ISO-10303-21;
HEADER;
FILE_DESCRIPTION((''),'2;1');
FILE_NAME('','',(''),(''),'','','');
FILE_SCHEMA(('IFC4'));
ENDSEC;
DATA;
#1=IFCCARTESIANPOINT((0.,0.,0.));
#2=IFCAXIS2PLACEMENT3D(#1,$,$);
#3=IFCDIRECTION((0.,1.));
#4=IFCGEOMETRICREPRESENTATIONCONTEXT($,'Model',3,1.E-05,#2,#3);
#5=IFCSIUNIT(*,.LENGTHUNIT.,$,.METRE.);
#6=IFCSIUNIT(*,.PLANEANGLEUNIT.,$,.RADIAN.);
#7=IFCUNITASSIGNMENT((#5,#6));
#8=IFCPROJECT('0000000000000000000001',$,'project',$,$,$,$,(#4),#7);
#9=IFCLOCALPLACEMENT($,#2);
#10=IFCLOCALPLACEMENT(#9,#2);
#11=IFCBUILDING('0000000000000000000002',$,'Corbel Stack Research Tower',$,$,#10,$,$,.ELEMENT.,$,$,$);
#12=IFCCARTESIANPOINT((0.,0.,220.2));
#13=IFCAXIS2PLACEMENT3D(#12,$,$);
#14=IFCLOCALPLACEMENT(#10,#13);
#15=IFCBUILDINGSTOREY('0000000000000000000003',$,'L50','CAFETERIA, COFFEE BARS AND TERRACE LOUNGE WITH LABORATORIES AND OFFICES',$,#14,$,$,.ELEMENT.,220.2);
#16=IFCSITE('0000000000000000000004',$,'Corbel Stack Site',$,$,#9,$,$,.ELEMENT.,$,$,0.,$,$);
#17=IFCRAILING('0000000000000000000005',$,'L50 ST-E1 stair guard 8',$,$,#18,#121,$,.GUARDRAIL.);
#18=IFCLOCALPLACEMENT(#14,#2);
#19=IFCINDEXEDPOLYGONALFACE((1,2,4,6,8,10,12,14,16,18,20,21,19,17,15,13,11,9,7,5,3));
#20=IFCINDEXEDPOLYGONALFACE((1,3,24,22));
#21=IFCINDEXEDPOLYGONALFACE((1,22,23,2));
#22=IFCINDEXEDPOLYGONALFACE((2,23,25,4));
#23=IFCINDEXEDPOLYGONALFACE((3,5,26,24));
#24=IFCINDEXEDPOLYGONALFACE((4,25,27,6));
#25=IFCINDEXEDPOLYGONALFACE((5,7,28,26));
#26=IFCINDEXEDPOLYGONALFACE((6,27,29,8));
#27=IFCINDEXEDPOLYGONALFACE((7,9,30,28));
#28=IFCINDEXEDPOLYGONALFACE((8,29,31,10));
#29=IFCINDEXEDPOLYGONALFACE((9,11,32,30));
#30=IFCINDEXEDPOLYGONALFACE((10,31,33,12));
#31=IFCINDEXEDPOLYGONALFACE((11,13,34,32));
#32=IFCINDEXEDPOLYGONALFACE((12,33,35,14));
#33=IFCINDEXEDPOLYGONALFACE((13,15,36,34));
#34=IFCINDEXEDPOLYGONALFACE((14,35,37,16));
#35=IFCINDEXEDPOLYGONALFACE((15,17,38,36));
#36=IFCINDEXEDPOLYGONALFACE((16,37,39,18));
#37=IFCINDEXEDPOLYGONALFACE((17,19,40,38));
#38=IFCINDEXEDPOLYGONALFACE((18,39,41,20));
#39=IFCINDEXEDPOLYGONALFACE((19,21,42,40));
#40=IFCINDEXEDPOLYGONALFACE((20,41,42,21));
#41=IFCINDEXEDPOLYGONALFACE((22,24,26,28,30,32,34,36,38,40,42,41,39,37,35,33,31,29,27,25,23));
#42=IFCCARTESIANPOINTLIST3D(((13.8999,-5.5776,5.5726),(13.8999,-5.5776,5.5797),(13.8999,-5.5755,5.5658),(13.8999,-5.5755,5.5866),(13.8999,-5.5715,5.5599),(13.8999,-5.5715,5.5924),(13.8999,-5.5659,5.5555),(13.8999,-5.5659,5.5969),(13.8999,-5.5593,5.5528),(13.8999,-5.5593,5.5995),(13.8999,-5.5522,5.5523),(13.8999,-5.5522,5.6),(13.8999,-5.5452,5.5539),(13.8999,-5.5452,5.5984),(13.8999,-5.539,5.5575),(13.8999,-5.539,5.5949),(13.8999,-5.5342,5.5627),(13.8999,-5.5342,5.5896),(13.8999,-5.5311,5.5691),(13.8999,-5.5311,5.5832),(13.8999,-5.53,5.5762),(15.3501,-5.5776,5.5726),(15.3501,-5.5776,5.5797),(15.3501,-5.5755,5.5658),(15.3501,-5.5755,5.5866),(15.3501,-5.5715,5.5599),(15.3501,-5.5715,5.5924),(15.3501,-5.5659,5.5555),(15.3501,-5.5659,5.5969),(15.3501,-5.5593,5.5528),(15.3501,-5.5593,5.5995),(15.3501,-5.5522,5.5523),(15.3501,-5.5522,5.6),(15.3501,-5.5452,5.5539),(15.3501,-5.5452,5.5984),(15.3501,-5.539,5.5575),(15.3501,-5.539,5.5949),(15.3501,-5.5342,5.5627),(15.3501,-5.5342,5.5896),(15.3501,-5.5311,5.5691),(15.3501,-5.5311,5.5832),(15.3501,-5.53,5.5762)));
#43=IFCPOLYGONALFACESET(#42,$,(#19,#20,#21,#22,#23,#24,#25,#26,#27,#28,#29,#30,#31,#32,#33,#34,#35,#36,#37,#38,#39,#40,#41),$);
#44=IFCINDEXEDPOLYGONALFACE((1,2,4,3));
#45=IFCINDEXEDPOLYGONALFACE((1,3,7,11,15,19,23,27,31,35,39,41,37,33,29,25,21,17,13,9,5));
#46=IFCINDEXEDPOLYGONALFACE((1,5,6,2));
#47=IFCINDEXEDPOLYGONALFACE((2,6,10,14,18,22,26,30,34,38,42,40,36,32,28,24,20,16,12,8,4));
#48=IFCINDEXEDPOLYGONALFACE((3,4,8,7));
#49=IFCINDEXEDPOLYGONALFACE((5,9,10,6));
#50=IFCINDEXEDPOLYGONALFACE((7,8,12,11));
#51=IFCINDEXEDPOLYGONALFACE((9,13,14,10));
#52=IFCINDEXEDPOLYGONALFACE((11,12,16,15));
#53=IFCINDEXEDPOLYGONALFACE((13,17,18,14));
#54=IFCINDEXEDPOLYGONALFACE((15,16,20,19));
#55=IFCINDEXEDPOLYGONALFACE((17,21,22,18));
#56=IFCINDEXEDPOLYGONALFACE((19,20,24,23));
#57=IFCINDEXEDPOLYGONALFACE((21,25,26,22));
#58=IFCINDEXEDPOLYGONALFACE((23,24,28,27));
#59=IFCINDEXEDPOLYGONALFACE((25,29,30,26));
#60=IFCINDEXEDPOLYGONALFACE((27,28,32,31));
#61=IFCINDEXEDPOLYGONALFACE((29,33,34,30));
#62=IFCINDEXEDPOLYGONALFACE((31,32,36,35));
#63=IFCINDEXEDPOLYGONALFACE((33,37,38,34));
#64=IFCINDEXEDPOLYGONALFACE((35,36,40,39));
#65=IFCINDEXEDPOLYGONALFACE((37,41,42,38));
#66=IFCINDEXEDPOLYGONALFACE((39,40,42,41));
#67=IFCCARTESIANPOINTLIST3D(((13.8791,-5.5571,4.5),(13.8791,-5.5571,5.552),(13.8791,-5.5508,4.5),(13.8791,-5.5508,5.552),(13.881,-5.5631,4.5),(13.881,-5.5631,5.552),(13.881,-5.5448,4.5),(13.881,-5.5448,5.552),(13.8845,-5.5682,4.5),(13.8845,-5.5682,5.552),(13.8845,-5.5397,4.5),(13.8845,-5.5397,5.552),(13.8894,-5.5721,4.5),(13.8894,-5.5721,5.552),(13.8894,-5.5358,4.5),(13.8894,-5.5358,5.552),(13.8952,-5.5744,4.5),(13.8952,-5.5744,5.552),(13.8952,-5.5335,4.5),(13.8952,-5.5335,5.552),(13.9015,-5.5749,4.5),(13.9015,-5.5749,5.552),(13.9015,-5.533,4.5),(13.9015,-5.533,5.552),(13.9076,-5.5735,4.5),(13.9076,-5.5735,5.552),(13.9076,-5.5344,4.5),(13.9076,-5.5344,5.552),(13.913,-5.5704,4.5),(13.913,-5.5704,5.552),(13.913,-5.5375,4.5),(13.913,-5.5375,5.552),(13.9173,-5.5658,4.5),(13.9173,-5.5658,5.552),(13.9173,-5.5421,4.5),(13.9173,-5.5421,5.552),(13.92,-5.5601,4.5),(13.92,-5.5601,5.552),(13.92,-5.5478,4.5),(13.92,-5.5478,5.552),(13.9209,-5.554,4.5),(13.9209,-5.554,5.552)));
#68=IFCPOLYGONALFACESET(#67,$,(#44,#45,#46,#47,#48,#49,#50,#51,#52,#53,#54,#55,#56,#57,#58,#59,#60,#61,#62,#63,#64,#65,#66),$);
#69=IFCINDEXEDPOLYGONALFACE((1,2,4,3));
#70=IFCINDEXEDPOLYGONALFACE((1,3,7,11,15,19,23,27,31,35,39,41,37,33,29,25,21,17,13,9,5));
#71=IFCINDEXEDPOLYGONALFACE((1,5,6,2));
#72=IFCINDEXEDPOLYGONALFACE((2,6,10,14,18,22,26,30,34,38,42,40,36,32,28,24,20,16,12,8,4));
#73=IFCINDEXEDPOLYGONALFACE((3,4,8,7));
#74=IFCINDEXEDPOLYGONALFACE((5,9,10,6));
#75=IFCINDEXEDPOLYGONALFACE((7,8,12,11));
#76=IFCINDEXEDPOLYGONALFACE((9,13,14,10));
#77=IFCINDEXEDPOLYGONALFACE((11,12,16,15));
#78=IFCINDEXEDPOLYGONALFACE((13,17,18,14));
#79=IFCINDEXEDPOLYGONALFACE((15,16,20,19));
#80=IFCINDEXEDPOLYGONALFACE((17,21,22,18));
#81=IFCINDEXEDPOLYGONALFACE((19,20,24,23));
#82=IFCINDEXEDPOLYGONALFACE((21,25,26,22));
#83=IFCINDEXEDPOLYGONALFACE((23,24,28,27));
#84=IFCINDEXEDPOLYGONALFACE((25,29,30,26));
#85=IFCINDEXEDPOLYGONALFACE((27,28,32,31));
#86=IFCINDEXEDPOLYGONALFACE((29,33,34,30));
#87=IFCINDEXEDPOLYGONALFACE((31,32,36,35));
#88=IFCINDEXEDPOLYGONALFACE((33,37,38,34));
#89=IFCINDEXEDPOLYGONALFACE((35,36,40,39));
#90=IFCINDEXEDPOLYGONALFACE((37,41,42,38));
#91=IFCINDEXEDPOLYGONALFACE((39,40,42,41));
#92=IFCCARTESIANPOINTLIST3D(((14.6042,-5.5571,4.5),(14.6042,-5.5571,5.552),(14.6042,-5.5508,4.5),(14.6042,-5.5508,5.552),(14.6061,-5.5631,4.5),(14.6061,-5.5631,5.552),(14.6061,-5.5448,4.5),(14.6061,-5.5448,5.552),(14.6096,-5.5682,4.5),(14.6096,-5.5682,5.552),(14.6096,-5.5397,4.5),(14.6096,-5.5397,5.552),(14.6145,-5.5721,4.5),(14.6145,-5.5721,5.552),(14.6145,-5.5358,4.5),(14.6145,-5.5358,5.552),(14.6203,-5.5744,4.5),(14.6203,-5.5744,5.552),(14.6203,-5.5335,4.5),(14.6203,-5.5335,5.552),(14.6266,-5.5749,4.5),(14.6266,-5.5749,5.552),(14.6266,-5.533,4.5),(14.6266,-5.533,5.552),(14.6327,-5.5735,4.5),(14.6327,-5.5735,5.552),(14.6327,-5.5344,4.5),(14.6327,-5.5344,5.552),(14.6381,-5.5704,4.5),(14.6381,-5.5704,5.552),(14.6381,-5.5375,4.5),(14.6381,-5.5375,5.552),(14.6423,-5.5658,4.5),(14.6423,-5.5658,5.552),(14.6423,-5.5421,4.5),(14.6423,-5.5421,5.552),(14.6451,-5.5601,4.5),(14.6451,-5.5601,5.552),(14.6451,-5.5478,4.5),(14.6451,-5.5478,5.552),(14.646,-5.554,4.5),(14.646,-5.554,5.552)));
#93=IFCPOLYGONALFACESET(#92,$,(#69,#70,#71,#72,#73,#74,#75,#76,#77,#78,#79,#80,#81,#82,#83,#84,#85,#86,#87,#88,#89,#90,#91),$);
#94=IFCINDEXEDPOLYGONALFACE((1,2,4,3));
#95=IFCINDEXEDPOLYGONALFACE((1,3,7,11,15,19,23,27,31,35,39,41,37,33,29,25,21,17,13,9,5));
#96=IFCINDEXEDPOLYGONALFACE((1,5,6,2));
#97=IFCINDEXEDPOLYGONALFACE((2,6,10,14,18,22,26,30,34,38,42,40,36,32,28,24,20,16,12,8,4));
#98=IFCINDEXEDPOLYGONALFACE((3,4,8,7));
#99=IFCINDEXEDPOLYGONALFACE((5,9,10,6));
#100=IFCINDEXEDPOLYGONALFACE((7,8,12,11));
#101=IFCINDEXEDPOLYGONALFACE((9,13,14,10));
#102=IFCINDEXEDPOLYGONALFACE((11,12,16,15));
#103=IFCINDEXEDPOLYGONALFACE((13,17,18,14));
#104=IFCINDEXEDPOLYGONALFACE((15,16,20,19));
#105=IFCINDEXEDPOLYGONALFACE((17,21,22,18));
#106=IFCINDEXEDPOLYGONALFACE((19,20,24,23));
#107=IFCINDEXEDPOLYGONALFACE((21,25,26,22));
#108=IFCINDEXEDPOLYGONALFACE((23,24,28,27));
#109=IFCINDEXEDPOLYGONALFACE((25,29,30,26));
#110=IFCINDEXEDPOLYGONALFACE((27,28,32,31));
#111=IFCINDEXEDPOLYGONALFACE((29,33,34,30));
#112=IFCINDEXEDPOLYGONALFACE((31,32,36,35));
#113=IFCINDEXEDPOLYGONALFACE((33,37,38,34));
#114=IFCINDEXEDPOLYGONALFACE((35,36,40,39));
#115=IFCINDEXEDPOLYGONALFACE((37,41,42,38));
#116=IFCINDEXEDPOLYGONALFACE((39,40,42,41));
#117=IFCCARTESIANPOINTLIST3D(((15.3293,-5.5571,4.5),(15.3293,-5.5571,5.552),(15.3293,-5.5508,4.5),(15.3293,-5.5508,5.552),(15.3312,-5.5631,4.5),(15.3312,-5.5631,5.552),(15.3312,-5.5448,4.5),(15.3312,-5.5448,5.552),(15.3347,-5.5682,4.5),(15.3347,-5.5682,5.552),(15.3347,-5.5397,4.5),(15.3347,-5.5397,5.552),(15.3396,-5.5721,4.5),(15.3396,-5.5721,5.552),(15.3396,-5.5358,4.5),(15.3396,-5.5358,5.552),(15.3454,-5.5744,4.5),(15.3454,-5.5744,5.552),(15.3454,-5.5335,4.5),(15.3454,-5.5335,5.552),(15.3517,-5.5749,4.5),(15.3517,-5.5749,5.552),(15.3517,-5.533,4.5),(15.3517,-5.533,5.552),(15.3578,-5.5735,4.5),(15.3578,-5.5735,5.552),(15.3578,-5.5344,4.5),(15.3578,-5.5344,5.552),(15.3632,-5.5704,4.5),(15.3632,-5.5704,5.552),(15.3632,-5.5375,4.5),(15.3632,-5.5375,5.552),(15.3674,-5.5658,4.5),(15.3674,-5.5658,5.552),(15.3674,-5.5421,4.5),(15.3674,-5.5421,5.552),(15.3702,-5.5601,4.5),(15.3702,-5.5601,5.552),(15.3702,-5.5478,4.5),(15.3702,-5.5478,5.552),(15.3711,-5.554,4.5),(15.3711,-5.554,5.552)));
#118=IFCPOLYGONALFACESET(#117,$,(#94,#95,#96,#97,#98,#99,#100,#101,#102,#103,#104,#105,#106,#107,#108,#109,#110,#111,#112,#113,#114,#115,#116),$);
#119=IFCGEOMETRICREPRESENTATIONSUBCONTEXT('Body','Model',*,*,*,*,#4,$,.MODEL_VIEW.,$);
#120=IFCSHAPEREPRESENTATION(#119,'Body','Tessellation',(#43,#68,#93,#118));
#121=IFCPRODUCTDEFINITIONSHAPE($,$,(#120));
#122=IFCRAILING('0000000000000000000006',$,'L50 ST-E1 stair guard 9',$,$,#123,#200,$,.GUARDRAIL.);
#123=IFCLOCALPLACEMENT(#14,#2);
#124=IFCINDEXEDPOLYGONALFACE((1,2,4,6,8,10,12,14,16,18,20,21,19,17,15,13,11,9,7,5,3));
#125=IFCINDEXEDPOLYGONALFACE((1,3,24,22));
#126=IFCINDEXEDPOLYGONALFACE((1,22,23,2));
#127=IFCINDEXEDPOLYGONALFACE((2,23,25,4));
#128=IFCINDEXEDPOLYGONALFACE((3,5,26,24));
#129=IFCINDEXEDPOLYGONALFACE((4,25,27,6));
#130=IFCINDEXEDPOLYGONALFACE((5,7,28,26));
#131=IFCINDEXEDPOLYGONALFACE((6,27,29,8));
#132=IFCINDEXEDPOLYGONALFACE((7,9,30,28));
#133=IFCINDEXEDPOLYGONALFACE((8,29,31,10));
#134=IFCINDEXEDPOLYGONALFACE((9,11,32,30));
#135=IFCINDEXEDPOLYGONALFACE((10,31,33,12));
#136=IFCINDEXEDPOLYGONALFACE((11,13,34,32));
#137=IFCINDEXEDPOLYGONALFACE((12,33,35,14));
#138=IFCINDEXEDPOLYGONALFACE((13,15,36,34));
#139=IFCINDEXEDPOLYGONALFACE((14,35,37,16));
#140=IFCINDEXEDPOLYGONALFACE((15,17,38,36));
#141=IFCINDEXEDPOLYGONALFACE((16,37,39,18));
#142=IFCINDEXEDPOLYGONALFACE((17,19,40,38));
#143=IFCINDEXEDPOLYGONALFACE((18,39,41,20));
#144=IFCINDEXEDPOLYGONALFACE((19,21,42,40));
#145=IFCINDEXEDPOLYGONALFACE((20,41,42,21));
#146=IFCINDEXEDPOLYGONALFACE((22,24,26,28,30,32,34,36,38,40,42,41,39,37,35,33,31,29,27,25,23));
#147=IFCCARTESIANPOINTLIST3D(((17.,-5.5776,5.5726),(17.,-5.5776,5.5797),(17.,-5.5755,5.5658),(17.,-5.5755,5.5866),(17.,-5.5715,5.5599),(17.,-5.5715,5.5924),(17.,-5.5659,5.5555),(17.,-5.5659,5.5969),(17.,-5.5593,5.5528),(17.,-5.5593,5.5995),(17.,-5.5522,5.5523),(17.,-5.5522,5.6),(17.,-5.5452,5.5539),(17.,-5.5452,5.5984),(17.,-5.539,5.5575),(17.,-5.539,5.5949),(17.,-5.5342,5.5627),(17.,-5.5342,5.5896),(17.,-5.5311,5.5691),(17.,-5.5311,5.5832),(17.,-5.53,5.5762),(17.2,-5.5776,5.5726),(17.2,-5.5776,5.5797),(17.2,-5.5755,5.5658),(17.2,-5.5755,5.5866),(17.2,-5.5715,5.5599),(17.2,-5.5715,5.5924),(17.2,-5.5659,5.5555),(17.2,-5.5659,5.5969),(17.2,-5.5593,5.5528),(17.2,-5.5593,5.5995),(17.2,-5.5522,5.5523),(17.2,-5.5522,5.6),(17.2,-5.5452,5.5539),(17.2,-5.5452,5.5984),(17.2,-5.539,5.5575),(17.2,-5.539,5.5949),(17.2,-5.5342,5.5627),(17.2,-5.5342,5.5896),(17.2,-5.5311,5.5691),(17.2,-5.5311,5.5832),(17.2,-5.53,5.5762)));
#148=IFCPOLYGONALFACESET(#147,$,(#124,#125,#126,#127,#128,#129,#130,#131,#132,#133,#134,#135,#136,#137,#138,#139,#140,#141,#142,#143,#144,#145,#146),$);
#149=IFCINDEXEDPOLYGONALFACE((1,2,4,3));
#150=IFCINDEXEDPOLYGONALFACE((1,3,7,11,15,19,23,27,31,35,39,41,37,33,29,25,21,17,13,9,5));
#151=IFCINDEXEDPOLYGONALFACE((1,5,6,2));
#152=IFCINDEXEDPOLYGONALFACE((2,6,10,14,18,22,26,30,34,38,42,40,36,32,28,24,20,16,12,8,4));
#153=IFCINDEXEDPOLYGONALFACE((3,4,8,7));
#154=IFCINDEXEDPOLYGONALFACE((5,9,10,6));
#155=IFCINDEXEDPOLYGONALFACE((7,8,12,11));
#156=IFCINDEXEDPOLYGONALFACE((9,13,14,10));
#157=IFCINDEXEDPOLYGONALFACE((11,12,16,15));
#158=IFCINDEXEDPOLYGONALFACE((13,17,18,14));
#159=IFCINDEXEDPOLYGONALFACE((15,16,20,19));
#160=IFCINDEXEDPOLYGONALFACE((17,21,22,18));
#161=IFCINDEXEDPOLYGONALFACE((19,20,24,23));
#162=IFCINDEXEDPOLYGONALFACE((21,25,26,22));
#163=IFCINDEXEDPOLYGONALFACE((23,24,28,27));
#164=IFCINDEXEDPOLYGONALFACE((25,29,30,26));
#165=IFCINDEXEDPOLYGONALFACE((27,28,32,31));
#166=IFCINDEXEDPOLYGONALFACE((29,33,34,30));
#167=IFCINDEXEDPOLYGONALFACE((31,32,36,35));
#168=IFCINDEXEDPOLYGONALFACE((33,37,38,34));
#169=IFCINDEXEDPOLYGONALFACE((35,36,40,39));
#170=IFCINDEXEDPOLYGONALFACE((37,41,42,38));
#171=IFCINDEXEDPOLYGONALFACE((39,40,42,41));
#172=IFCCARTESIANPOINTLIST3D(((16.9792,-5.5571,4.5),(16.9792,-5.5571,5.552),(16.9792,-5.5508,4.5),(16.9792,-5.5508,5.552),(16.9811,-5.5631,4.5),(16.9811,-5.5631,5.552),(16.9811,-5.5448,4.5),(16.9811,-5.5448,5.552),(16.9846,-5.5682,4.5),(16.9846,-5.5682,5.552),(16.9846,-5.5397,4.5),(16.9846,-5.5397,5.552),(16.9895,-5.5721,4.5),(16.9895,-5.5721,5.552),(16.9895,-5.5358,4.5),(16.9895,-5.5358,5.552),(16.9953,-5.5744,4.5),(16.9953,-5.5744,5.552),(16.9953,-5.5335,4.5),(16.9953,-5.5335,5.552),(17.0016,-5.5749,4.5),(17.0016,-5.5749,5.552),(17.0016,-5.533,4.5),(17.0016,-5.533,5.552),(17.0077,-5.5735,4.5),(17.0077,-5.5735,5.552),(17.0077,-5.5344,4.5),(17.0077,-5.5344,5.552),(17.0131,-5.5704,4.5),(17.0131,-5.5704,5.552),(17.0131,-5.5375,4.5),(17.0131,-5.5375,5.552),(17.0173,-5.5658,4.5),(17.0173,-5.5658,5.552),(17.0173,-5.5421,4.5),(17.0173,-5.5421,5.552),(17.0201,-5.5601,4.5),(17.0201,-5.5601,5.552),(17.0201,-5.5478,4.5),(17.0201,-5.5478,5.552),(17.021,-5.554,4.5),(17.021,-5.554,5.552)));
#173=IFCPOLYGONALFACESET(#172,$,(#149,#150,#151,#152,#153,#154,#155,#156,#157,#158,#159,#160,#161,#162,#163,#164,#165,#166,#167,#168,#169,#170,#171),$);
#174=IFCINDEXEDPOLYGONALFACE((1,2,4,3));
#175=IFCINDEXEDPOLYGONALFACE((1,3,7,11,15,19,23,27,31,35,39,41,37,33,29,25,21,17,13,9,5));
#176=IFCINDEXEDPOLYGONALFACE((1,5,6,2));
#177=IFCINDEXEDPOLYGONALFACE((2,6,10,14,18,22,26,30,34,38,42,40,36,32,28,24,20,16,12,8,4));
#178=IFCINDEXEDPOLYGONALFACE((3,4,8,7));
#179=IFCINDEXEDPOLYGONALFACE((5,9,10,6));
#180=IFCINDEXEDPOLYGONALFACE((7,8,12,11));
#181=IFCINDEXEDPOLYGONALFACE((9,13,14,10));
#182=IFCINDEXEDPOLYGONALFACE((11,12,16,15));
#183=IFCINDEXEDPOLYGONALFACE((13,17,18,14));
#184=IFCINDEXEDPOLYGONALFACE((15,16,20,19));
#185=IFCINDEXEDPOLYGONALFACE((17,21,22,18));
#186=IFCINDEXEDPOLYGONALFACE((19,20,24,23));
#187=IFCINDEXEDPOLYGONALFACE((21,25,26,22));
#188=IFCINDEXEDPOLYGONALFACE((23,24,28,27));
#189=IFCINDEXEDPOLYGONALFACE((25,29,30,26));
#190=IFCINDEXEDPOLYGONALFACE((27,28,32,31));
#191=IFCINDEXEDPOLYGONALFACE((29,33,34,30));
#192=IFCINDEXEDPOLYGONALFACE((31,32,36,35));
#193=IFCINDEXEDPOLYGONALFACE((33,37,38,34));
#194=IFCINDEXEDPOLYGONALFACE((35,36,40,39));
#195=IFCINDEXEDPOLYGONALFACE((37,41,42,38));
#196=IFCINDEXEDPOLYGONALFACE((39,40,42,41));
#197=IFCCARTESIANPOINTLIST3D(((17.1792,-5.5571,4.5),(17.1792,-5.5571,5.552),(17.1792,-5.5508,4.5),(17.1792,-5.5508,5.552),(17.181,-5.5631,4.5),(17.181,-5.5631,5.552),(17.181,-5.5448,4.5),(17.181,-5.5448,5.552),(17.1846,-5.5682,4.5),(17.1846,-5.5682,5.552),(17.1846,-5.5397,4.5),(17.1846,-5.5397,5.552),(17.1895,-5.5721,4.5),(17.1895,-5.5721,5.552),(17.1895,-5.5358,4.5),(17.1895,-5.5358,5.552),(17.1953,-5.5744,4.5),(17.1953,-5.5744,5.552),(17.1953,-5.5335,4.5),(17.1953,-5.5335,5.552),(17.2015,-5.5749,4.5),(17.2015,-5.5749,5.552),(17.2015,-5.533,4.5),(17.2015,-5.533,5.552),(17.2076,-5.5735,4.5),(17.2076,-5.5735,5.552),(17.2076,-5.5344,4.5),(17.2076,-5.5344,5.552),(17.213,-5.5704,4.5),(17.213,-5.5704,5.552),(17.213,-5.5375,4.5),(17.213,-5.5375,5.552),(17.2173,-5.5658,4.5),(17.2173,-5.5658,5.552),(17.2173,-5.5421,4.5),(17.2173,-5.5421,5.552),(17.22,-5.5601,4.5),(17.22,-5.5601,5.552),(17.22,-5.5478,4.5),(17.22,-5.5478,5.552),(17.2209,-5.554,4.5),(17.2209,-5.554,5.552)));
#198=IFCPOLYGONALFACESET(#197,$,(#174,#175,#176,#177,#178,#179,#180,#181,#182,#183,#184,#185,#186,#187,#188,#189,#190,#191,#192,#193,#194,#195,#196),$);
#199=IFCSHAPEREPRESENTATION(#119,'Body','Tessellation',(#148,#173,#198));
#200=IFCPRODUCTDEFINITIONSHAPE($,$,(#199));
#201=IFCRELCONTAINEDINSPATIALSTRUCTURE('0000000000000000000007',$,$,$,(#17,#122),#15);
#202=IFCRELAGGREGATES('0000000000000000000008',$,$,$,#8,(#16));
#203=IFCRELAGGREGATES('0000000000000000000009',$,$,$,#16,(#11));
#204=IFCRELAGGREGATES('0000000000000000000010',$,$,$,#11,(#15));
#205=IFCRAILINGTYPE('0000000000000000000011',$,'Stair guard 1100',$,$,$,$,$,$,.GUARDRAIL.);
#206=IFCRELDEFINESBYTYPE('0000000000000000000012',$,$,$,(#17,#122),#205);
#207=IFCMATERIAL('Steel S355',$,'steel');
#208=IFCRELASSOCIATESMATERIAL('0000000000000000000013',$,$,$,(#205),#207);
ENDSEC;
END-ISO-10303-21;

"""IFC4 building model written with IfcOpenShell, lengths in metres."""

from ifc_helpers import new_model, si_unit, direction, frame, origin, origin_2d, place, context, subcontext, project, spatial, circle, extrude, material, type_object, element, save


model = new_model("IFC4")

# Units and contexts
model_context = context("Model", 3, precision=1e-05, world=origin(), true_north=direction((0.0, 1.0)))
body_context = subcontext(model_context, "Body", "Model", "MODEL_VIEW")
ifc_project = project(units=[si_unit("LENGTHUNIT", "METRE"), si_unit("PLANEANGLEUNIT", "RADIAN")], contexts=[model_context])

# Site, building, storey
site_placement = place(None, origin())
site = spatial("IfcSite", under=ifc_project, at=site_placement, Name="Corbel Stack Site", CompositionType="ELEMENT", RefElevation=0.0)
building_placement = place(site_placement, origin())
building = spatial("IfcBuilding", under=site, at=building_placement, Name="Corbel Stack Research Tower", CompositionType="ELEMENT")
storey_placement = place(building_placement, frame((0.0, 0.0, 220.2)))
storey = spatial("IfcBuildingStorey", under=building, at=storey_placement, Name="L50", Description="CAFETERIA, COFFEE BARS AND TERRACE LOUNGE WITH LABORATORIES AND OFFICES", CompositionType="ELEMENT", Elevation=220.2)

# Railings
ifc_material_1 = material(Name="Steel S355", Category="steel")
railing_type = type_object("IfcRailingType", Name="Stair guard 1100", PredefinedType="GUARDRAIL", material=ifc_material_1)
railing_1_placement = place(storey_placement, frame((13.8999, -5.554, 4.5)))
element("IfcRailing", 1, at=railing_1_placement, inside=storey, type_object=railing_type, Name="L50 ST-E1 stair guard 8", PredefinedType="GUARDRAIL", context=body_context, shape_type="SweptSolid", body=[
    extrude(circle(Radius=0.0239, at=origin_2d()), frame((0.0, 0.0, 1.0762), z_axis=(1.0, 0.0, 0.0), x_axis=(0.0, 1.0, 0.0)), (0.0, 0.0, 1.0), 1.4502),
    extrude(circle(Radius=0.021, at=origin_2d()), origin(), (0.0, 0.0, 1.0), 1.052),
    extrude(circle(Radius=0.021, at=origin_2d()), frame((0.7251, 0.0, 0.0)), (0.0, 0.0, 1.0), 1.052),
    extrude(circle(Radius=0.021, at=origin_2d()), frame((1.4502, 0.0, 0.0)), (0.0, 0.0, 1.0), 1.052),
])
railing_2_placement = place(storey_placement, frame((17.0, -5.554, 4.5)))
element("IfcRailing", 2, at=railing_2_placement, inside=storey, type_object=railing_type, Name="L50 ST-E1 stair guard 9", PredefinedType="GUARDRAIL", context=body_context, shape_type="SweptSolid", body=[
    extrude(circle(Radius=0.0239, at=origin_2d()), frame((0.0, 0.0, 1.0762), z_axis=(1.0, 0.0, 0.0), x_axis=(0.0, 1.0, 0.0)), (0.0, 0.0, 1.0), 0.2),
    extrude(circle(Radius=0.021, at=origin_2d()), origin(), (0.0, 0.0, 1.0), 1.052),
    extrude(circle(Radius=0.021, at=origin_2d()), frame((0.2, 0.0, 0.0)), (0.0, 0.0, 1.0), 1.052),
])

save(model, "model.ifc")
